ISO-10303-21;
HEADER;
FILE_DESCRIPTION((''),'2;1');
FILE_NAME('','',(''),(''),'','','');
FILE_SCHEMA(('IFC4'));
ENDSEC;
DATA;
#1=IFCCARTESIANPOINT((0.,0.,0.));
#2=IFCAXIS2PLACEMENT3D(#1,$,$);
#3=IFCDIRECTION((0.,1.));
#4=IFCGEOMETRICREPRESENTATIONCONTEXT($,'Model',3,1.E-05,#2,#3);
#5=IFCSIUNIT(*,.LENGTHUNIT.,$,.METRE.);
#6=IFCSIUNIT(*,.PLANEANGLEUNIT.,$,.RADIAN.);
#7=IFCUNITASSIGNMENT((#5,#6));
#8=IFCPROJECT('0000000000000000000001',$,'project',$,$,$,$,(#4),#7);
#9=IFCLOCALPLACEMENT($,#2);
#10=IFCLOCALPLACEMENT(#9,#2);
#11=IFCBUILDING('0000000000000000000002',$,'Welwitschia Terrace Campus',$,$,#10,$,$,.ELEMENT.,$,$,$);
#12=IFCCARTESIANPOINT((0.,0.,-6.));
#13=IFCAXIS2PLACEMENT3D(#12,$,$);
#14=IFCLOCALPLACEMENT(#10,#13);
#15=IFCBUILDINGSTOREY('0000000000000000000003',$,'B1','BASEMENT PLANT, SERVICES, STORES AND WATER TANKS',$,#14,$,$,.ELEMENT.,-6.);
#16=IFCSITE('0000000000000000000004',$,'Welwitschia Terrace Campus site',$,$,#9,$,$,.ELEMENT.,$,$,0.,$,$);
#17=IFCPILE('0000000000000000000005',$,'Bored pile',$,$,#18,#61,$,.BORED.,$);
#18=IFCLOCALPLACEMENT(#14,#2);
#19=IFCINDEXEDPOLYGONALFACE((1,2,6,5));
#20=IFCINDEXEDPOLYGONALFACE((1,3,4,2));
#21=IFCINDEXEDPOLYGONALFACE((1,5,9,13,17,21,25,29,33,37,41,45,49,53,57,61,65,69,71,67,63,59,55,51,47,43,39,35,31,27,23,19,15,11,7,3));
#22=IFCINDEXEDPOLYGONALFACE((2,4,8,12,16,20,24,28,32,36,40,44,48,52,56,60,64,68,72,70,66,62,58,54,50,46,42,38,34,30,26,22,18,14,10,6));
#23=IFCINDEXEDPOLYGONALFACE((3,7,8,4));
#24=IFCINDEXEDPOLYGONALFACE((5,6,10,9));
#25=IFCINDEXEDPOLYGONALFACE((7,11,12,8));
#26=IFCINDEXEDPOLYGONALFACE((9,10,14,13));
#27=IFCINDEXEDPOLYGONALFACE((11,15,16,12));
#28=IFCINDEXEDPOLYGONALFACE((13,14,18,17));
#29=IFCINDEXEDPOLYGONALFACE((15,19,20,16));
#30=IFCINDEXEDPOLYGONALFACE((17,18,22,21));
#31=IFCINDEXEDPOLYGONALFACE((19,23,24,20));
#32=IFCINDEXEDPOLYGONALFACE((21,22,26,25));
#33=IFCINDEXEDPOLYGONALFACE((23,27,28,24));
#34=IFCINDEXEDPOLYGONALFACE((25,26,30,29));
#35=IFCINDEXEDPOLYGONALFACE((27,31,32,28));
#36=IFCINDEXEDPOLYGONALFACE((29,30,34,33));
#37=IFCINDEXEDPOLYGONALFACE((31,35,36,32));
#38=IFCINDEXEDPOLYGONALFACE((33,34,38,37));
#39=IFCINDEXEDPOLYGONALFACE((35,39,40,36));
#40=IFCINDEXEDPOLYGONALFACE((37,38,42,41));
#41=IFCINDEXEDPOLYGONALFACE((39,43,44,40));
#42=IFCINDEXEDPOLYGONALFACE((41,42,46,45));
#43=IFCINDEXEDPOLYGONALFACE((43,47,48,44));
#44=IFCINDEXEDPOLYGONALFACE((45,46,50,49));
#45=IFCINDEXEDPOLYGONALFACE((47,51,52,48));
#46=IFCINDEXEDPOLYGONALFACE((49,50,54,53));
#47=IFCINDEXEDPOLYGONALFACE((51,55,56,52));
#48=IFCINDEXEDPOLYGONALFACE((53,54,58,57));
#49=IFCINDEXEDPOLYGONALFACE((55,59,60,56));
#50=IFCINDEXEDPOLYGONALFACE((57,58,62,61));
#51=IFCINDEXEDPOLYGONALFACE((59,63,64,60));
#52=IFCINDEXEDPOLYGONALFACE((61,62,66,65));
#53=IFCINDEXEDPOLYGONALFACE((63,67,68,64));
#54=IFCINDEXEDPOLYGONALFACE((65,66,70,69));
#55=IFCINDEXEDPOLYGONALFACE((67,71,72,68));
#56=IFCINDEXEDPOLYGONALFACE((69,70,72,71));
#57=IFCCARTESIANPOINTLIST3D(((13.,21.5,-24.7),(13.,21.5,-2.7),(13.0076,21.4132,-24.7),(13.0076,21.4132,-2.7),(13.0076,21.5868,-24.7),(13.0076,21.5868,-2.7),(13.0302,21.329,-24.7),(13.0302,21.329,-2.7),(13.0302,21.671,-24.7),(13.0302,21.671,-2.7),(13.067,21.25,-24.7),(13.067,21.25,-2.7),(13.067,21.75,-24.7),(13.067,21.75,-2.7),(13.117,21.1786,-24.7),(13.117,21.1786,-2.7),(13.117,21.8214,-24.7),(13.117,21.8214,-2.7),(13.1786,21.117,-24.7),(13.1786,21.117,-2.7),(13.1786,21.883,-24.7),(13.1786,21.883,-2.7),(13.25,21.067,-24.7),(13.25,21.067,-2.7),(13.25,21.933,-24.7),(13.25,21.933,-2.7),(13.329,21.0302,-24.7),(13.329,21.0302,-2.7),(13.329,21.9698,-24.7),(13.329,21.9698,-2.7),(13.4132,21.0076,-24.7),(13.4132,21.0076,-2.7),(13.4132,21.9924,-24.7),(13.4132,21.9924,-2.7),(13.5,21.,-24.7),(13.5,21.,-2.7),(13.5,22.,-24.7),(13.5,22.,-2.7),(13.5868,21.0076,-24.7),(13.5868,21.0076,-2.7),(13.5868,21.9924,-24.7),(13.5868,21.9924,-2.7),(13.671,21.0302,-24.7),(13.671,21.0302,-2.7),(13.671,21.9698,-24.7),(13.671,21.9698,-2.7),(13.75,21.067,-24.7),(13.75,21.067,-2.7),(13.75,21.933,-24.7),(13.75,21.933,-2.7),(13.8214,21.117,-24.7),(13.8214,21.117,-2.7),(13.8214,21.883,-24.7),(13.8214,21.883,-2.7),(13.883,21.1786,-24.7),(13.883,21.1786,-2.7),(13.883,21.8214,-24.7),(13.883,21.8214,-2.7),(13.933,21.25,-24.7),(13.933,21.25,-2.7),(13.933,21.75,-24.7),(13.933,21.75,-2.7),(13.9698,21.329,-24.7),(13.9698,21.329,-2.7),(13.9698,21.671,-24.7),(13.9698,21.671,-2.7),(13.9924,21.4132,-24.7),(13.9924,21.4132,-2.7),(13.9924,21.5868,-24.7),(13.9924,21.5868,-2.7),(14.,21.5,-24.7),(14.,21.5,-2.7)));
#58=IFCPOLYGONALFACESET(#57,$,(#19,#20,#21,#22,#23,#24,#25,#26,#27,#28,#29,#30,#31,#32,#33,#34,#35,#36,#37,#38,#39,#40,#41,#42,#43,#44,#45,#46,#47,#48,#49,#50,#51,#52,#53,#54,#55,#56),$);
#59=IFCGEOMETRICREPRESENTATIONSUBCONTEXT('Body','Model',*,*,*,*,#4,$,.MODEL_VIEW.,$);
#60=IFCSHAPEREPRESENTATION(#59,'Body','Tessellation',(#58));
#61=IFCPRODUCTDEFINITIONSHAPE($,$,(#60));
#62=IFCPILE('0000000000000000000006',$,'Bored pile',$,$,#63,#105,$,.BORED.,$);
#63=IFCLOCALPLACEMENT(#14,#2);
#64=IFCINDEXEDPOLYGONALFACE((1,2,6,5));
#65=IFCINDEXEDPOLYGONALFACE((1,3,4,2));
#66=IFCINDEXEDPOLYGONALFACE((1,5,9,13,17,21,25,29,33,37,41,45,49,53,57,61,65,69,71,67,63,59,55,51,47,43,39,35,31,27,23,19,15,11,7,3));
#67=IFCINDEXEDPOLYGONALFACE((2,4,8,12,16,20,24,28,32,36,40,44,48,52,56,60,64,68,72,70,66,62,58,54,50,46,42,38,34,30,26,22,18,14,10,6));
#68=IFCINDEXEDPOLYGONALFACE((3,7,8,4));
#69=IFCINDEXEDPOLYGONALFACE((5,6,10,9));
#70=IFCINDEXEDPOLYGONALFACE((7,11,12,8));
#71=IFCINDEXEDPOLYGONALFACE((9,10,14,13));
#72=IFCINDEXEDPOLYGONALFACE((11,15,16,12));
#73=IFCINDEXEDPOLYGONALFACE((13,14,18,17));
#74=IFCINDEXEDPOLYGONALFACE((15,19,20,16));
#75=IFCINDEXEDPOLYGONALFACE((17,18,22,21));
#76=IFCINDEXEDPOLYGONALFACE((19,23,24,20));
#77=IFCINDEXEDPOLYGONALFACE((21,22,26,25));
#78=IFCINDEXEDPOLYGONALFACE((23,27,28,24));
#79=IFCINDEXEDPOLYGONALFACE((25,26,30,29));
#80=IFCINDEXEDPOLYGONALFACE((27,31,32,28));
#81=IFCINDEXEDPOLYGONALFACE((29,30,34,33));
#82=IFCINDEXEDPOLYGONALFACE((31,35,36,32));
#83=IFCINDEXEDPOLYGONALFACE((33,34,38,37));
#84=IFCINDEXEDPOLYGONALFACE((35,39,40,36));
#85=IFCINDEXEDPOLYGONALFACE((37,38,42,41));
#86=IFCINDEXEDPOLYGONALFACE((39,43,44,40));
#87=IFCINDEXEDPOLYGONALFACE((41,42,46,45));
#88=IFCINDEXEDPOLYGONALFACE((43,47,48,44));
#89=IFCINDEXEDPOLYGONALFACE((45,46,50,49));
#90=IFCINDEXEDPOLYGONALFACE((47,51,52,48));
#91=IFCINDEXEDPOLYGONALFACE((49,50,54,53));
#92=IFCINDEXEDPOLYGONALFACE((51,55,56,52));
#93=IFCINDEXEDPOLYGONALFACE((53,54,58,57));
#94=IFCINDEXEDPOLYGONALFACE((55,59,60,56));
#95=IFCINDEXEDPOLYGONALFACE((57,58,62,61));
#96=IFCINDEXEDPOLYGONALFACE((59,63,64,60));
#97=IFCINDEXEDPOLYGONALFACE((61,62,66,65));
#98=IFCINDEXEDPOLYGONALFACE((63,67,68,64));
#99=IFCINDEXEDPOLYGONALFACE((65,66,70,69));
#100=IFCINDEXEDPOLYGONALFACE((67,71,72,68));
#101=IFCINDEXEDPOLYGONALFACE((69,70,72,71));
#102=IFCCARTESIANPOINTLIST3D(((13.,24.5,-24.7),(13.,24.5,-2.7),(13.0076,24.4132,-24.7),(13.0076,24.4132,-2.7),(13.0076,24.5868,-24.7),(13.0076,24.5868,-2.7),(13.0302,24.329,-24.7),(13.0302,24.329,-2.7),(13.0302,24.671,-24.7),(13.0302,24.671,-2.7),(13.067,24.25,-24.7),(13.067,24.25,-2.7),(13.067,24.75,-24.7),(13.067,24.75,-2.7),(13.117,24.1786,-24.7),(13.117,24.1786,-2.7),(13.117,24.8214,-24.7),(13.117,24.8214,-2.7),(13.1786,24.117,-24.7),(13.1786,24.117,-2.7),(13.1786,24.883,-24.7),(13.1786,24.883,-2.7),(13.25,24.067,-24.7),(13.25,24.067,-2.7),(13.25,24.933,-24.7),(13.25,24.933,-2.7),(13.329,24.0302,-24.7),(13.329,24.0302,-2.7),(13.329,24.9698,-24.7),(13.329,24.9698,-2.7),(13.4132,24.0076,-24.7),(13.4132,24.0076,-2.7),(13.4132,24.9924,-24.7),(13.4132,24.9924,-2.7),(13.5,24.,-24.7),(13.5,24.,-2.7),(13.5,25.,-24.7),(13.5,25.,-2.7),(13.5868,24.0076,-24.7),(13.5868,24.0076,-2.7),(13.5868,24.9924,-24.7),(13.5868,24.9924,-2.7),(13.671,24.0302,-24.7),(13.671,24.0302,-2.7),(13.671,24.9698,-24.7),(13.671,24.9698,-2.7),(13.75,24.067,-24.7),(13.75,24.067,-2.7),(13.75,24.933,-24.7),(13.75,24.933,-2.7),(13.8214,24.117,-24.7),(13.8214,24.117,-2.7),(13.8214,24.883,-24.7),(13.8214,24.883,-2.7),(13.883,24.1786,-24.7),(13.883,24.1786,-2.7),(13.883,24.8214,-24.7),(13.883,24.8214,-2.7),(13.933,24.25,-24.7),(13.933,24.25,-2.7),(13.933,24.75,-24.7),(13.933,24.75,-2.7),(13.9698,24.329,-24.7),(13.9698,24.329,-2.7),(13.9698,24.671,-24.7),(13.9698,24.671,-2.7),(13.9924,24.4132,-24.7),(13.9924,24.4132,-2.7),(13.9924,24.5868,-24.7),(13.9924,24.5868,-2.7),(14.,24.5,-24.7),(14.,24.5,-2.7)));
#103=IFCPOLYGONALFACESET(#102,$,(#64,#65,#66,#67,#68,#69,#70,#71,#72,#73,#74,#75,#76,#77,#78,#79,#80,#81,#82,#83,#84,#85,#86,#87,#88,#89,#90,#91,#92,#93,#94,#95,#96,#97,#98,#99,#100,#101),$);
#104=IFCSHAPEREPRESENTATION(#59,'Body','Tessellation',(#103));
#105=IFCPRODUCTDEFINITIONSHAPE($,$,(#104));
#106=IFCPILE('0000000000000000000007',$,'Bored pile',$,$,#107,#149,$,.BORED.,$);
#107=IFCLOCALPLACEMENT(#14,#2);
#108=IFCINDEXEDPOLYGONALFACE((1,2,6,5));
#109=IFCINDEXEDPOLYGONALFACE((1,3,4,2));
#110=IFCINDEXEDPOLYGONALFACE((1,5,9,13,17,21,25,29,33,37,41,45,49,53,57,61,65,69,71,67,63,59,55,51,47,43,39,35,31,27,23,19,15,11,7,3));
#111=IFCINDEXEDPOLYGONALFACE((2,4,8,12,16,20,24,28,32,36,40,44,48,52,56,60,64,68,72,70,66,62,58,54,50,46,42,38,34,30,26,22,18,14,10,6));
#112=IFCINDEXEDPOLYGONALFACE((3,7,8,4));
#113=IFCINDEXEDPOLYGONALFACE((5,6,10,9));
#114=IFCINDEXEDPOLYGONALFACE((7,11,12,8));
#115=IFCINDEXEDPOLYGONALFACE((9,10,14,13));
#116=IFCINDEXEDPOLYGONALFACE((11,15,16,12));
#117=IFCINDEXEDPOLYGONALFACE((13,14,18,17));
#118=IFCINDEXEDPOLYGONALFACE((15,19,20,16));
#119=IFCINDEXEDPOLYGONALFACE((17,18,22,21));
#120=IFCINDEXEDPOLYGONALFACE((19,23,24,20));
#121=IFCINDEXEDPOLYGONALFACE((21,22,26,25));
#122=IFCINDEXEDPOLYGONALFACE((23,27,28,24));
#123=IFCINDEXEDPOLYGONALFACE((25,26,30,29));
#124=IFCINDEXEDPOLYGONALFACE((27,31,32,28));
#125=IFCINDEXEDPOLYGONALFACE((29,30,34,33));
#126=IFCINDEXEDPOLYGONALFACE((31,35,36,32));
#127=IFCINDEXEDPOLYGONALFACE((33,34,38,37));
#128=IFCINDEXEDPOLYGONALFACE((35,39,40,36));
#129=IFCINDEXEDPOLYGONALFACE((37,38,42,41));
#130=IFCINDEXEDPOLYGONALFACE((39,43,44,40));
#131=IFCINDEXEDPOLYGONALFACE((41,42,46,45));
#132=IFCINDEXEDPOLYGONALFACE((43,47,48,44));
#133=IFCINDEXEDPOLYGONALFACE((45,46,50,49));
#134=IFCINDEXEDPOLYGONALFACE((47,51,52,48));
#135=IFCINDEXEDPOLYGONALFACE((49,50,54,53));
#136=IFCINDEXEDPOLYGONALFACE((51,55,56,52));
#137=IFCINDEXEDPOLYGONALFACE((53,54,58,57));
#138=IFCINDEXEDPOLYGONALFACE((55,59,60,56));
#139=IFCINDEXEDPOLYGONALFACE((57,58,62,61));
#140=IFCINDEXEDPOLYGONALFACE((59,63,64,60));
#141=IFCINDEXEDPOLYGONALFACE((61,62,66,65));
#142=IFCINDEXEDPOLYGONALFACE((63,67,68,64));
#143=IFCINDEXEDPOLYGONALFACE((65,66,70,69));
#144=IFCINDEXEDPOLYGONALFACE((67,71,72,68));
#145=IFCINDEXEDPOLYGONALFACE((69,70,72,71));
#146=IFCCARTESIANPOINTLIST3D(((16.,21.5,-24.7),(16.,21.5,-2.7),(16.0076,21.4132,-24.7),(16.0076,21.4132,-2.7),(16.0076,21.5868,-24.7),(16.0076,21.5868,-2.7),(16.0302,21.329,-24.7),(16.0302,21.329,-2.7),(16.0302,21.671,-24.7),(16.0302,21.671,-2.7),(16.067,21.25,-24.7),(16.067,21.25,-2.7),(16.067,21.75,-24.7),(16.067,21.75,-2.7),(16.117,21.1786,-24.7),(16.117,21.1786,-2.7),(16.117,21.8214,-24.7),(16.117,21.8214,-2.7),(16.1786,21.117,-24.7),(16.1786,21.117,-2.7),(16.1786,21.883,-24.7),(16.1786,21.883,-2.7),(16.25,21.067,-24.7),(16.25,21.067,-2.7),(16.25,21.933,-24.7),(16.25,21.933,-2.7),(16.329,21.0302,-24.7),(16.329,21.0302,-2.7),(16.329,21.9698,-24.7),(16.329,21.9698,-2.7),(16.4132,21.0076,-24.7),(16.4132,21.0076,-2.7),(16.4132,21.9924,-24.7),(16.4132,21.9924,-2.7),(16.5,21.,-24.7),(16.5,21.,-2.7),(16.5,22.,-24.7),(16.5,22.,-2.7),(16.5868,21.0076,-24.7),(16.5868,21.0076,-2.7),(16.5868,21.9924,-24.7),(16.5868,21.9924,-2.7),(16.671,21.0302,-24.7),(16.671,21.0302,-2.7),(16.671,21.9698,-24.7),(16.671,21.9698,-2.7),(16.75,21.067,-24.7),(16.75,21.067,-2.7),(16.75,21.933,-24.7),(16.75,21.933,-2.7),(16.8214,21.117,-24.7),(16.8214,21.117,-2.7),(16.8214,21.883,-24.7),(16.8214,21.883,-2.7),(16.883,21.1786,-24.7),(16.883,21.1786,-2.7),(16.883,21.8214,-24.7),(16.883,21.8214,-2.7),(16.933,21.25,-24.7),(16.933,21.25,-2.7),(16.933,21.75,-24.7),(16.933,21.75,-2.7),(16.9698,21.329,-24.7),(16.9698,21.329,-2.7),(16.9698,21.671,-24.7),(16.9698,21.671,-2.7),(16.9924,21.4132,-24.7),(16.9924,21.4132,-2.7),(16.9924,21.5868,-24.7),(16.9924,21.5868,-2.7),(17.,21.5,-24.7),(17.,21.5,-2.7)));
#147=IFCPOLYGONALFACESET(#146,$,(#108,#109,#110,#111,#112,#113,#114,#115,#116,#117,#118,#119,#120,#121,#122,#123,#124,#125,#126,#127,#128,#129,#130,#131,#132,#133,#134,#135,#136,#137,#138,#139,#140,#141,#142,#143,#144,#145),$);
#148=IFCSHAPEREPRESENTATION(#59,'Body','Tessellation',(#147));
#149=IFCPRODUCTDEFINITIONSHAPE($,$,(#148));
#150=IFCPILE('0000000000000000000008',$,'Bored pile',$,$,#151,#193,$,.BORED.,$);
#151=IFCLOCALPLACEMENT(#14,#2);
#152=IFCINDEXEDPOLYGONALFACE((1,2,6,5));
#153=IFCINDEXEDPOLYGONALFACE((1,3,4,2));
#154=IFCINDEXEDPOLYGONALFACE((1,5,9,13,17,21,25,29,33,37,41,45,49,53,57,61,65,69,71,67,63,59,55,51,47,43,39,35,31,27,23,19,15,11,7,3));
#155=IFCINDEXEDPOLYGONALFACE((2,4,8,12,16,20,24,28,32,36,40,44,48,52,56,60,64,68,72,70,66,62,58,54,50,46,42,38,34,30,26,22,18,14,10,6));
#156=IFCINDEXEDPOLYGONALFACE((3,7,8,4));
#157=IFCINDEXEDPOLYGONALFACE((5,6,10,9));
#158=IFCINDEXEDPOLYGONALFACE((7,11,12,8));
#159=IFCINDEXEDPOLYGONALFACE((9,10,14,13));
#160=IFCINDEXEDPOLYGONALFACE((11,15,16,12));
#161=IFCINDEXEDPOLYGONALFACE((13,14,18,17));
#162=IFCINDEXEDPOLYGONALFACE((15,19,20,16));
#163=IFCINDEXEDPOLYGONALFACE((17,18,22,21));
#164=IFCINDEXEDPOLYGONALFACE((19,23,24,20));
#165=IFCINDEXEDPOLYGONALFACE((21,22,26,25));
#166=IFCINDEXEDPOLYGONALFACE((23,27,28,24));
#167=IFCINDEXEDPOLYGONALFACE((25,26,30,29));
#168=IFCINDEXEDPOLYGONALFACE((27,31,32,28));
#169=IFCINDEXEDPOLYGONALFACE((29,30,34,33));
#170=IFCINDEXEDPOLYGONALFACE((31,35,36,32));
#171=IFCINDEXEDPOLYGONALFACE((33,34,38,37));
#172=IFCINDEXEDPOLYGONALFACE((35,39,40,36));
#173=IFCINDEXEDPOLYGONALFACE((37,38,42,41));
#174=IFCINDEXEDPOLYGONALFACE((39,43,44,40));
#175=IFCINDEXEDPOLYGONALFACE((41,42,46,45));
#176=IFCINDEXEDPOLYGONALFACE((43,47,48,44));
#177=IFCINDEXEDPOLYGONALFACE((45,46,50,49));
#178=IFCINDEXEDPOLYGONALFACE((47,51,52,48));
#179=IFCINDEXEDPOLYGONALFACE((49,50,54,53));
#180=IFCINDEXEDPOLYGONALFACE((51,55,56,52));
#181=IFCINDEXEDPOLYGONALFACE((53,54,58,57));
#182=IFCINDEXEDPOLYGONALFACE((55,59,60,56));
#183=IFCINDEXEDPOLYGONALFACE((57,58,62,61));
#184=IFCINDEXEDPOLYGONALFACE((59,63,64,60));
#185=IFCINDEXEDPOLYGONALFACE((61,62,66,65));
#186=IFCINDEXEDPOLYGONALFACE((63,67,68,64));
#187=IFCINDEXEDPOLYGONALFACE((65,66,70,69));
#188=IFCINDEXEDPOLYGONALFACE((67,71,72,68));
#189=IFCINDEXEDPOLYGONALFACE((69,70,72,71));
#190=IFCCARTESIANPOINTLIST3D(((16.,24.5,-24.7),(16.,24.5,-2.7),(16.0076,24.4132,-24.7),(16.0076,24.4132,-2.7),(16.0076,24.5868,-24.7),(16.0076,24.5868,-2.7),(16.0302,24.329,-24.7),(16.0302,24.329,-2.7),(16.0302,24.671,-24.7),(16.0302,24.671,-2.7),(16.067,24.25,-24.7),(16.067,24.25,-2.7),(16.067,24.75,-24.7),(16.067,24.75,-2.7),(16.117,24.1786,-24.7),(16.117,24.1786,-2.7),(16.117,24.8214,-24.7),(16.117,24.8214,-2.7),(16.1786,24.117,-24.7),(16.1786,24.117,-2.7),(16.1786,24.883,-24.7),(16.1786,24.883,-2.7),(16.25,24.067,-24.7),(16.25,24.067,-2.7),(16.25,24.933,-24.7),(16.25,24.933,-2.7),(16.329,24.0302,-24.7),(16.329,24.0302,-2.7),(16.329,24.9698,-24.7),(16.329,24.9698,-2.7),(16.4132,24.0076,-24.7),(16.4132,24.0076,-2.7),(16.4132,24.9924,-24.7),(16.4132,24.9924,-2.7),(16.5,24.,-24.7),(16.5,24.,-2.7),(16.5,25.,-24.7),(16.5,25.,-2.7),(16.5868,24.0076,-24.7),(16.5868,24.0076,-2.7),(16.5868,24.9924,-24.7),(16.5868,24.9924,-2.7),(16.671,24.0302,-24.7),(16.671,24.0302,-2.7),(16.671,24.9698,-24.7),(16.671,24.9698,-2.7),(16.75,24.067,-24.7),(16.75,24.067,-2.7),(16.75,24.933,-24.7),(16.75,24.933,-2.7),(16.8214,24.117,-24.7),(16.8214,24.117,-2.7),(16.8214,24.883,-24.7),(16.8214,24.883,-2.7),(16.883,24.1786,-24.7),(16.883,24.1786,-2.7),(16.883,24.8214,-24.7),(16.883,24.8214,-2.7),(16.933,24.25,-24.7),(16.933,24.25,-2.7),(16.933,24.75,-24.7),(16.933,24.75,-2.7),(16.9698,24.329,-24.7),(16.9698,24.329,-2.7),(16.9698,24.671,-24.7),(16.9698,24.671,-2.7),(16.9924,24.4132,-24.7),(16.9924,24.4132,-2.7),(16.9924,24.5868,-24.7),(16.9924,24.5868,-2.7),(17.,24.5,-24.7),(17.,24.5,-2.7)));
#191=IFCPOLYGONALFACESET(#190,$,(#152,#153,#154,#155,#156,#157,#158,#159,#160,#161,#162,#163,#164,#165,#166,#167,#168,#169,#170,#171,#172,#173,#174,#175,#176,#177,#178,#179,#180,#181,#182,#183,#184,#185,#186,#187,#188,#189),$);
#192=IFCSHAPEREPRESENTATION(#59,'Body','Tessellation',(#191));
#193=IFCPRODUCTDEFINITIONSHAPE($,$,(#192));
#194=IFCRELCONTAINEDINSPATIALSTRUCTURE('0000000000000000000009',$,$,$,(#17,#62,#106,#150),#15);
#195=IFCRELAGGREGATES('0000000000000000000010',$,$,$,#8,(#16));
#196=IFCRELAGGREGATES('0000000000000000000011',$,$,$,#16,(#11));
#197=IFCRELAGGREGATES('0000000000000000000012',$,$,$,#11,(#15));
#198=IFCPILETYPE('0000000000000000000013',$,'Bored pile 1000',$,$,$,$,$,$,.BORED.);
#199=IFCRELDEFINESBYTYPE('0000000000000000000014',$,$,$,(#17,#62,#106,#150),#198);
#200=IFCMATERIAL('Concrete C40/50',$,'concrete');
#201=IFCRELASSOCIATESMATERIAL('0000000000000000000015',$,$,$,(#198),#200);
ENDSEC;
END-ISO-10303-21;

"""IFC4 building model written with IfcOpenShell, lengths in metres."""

from ifc_helpers import new_model, si_unit, direction, frame, origin, origin_2d, place, context, subcontext, project, spatial, circle, extrude, material, type_object, element, save


model = new_model("IFC4")

# Units and contexts
model_context = context("Model", 3, precision=1e-05, world=origin(), true_north=direction((0.0, 1.0)))
body_context = subcontext(model_context, "Body", "Model", "MODEL_VIEW")
ifc_project = project(units=[si_unit("LENGTHUNIT", "METRE"), si_unit("PLANEANGLEUNIT", "RADIAN")], contexts=[model_context])

# Site, building, storey
site_placement = place(None, origin())
site = spatial("IfcSite", under=ifc_project, at=site_placement, Name="Welwitschia Terrace Campus site", CompositionType="ELEMENT", RefElevation=0.0)
building_placement = place(site_placement, origin())
building = spatial("IfcBuilding", under=site, at=building_placement, Name="Welwitschia Terrace Campus", CompositionType="ELEMENT")
storey_placement = place(building_placement, frame((0.0, 0.0, -6.0)))
storey = spatial("IfcBuildingStorey", under=building, at=storey_placement, Name="B1", Description="BASEMENT PLANT, SERVICES, STORES AND WATER TANKS", CompositionType="ELEMENT", Elevation=-6.0)

# Piles
ifc_material_1 = material(Name="Concrete C40/50", Category="concrete")
pile_type = type_object("IfcPileType", Name="Bored pile 1000", PredefinedType="BORED", material=ifc_material_1)
for number, where, z_axis, x_axis, name in (
    (1, (13.5, 21.5, -2.7), (0.0, 0.0, -1.0), (1.0, 0.0, 0.0), "Bored pile"),
    (2, (13.5, 24.5, -2.7), (0.0, 0.0, -1.0), (1.0, 0.0, 0.0), "Bored pile"),
    (3, (16.5, 21.5, -2.7), (0.0, 0.0, -1.0), (1.0, 0.0, 0.0), "Bored pile"),
    (4, (16.5, 24.5, -2.7), (0.0, 0.0, -1.0), (1.0, 0.0, 0.0), "Bored pile"),
):
    element("IfcPile", number, at=place(storey_placement, frame(where, z_axis=z_axis, x_axis=x_axis)), inside=storey, type_object=pile_type, Name=name, PredefinedType="BORED", context=body_context, shape_type="SweptSolid", body=[
        extrude(circle(Radius=0.5, at=origin_2d()), origin(), (0.0, 0.0, 1.0), 22.0),
    ])

save(model, "model.ifc")
